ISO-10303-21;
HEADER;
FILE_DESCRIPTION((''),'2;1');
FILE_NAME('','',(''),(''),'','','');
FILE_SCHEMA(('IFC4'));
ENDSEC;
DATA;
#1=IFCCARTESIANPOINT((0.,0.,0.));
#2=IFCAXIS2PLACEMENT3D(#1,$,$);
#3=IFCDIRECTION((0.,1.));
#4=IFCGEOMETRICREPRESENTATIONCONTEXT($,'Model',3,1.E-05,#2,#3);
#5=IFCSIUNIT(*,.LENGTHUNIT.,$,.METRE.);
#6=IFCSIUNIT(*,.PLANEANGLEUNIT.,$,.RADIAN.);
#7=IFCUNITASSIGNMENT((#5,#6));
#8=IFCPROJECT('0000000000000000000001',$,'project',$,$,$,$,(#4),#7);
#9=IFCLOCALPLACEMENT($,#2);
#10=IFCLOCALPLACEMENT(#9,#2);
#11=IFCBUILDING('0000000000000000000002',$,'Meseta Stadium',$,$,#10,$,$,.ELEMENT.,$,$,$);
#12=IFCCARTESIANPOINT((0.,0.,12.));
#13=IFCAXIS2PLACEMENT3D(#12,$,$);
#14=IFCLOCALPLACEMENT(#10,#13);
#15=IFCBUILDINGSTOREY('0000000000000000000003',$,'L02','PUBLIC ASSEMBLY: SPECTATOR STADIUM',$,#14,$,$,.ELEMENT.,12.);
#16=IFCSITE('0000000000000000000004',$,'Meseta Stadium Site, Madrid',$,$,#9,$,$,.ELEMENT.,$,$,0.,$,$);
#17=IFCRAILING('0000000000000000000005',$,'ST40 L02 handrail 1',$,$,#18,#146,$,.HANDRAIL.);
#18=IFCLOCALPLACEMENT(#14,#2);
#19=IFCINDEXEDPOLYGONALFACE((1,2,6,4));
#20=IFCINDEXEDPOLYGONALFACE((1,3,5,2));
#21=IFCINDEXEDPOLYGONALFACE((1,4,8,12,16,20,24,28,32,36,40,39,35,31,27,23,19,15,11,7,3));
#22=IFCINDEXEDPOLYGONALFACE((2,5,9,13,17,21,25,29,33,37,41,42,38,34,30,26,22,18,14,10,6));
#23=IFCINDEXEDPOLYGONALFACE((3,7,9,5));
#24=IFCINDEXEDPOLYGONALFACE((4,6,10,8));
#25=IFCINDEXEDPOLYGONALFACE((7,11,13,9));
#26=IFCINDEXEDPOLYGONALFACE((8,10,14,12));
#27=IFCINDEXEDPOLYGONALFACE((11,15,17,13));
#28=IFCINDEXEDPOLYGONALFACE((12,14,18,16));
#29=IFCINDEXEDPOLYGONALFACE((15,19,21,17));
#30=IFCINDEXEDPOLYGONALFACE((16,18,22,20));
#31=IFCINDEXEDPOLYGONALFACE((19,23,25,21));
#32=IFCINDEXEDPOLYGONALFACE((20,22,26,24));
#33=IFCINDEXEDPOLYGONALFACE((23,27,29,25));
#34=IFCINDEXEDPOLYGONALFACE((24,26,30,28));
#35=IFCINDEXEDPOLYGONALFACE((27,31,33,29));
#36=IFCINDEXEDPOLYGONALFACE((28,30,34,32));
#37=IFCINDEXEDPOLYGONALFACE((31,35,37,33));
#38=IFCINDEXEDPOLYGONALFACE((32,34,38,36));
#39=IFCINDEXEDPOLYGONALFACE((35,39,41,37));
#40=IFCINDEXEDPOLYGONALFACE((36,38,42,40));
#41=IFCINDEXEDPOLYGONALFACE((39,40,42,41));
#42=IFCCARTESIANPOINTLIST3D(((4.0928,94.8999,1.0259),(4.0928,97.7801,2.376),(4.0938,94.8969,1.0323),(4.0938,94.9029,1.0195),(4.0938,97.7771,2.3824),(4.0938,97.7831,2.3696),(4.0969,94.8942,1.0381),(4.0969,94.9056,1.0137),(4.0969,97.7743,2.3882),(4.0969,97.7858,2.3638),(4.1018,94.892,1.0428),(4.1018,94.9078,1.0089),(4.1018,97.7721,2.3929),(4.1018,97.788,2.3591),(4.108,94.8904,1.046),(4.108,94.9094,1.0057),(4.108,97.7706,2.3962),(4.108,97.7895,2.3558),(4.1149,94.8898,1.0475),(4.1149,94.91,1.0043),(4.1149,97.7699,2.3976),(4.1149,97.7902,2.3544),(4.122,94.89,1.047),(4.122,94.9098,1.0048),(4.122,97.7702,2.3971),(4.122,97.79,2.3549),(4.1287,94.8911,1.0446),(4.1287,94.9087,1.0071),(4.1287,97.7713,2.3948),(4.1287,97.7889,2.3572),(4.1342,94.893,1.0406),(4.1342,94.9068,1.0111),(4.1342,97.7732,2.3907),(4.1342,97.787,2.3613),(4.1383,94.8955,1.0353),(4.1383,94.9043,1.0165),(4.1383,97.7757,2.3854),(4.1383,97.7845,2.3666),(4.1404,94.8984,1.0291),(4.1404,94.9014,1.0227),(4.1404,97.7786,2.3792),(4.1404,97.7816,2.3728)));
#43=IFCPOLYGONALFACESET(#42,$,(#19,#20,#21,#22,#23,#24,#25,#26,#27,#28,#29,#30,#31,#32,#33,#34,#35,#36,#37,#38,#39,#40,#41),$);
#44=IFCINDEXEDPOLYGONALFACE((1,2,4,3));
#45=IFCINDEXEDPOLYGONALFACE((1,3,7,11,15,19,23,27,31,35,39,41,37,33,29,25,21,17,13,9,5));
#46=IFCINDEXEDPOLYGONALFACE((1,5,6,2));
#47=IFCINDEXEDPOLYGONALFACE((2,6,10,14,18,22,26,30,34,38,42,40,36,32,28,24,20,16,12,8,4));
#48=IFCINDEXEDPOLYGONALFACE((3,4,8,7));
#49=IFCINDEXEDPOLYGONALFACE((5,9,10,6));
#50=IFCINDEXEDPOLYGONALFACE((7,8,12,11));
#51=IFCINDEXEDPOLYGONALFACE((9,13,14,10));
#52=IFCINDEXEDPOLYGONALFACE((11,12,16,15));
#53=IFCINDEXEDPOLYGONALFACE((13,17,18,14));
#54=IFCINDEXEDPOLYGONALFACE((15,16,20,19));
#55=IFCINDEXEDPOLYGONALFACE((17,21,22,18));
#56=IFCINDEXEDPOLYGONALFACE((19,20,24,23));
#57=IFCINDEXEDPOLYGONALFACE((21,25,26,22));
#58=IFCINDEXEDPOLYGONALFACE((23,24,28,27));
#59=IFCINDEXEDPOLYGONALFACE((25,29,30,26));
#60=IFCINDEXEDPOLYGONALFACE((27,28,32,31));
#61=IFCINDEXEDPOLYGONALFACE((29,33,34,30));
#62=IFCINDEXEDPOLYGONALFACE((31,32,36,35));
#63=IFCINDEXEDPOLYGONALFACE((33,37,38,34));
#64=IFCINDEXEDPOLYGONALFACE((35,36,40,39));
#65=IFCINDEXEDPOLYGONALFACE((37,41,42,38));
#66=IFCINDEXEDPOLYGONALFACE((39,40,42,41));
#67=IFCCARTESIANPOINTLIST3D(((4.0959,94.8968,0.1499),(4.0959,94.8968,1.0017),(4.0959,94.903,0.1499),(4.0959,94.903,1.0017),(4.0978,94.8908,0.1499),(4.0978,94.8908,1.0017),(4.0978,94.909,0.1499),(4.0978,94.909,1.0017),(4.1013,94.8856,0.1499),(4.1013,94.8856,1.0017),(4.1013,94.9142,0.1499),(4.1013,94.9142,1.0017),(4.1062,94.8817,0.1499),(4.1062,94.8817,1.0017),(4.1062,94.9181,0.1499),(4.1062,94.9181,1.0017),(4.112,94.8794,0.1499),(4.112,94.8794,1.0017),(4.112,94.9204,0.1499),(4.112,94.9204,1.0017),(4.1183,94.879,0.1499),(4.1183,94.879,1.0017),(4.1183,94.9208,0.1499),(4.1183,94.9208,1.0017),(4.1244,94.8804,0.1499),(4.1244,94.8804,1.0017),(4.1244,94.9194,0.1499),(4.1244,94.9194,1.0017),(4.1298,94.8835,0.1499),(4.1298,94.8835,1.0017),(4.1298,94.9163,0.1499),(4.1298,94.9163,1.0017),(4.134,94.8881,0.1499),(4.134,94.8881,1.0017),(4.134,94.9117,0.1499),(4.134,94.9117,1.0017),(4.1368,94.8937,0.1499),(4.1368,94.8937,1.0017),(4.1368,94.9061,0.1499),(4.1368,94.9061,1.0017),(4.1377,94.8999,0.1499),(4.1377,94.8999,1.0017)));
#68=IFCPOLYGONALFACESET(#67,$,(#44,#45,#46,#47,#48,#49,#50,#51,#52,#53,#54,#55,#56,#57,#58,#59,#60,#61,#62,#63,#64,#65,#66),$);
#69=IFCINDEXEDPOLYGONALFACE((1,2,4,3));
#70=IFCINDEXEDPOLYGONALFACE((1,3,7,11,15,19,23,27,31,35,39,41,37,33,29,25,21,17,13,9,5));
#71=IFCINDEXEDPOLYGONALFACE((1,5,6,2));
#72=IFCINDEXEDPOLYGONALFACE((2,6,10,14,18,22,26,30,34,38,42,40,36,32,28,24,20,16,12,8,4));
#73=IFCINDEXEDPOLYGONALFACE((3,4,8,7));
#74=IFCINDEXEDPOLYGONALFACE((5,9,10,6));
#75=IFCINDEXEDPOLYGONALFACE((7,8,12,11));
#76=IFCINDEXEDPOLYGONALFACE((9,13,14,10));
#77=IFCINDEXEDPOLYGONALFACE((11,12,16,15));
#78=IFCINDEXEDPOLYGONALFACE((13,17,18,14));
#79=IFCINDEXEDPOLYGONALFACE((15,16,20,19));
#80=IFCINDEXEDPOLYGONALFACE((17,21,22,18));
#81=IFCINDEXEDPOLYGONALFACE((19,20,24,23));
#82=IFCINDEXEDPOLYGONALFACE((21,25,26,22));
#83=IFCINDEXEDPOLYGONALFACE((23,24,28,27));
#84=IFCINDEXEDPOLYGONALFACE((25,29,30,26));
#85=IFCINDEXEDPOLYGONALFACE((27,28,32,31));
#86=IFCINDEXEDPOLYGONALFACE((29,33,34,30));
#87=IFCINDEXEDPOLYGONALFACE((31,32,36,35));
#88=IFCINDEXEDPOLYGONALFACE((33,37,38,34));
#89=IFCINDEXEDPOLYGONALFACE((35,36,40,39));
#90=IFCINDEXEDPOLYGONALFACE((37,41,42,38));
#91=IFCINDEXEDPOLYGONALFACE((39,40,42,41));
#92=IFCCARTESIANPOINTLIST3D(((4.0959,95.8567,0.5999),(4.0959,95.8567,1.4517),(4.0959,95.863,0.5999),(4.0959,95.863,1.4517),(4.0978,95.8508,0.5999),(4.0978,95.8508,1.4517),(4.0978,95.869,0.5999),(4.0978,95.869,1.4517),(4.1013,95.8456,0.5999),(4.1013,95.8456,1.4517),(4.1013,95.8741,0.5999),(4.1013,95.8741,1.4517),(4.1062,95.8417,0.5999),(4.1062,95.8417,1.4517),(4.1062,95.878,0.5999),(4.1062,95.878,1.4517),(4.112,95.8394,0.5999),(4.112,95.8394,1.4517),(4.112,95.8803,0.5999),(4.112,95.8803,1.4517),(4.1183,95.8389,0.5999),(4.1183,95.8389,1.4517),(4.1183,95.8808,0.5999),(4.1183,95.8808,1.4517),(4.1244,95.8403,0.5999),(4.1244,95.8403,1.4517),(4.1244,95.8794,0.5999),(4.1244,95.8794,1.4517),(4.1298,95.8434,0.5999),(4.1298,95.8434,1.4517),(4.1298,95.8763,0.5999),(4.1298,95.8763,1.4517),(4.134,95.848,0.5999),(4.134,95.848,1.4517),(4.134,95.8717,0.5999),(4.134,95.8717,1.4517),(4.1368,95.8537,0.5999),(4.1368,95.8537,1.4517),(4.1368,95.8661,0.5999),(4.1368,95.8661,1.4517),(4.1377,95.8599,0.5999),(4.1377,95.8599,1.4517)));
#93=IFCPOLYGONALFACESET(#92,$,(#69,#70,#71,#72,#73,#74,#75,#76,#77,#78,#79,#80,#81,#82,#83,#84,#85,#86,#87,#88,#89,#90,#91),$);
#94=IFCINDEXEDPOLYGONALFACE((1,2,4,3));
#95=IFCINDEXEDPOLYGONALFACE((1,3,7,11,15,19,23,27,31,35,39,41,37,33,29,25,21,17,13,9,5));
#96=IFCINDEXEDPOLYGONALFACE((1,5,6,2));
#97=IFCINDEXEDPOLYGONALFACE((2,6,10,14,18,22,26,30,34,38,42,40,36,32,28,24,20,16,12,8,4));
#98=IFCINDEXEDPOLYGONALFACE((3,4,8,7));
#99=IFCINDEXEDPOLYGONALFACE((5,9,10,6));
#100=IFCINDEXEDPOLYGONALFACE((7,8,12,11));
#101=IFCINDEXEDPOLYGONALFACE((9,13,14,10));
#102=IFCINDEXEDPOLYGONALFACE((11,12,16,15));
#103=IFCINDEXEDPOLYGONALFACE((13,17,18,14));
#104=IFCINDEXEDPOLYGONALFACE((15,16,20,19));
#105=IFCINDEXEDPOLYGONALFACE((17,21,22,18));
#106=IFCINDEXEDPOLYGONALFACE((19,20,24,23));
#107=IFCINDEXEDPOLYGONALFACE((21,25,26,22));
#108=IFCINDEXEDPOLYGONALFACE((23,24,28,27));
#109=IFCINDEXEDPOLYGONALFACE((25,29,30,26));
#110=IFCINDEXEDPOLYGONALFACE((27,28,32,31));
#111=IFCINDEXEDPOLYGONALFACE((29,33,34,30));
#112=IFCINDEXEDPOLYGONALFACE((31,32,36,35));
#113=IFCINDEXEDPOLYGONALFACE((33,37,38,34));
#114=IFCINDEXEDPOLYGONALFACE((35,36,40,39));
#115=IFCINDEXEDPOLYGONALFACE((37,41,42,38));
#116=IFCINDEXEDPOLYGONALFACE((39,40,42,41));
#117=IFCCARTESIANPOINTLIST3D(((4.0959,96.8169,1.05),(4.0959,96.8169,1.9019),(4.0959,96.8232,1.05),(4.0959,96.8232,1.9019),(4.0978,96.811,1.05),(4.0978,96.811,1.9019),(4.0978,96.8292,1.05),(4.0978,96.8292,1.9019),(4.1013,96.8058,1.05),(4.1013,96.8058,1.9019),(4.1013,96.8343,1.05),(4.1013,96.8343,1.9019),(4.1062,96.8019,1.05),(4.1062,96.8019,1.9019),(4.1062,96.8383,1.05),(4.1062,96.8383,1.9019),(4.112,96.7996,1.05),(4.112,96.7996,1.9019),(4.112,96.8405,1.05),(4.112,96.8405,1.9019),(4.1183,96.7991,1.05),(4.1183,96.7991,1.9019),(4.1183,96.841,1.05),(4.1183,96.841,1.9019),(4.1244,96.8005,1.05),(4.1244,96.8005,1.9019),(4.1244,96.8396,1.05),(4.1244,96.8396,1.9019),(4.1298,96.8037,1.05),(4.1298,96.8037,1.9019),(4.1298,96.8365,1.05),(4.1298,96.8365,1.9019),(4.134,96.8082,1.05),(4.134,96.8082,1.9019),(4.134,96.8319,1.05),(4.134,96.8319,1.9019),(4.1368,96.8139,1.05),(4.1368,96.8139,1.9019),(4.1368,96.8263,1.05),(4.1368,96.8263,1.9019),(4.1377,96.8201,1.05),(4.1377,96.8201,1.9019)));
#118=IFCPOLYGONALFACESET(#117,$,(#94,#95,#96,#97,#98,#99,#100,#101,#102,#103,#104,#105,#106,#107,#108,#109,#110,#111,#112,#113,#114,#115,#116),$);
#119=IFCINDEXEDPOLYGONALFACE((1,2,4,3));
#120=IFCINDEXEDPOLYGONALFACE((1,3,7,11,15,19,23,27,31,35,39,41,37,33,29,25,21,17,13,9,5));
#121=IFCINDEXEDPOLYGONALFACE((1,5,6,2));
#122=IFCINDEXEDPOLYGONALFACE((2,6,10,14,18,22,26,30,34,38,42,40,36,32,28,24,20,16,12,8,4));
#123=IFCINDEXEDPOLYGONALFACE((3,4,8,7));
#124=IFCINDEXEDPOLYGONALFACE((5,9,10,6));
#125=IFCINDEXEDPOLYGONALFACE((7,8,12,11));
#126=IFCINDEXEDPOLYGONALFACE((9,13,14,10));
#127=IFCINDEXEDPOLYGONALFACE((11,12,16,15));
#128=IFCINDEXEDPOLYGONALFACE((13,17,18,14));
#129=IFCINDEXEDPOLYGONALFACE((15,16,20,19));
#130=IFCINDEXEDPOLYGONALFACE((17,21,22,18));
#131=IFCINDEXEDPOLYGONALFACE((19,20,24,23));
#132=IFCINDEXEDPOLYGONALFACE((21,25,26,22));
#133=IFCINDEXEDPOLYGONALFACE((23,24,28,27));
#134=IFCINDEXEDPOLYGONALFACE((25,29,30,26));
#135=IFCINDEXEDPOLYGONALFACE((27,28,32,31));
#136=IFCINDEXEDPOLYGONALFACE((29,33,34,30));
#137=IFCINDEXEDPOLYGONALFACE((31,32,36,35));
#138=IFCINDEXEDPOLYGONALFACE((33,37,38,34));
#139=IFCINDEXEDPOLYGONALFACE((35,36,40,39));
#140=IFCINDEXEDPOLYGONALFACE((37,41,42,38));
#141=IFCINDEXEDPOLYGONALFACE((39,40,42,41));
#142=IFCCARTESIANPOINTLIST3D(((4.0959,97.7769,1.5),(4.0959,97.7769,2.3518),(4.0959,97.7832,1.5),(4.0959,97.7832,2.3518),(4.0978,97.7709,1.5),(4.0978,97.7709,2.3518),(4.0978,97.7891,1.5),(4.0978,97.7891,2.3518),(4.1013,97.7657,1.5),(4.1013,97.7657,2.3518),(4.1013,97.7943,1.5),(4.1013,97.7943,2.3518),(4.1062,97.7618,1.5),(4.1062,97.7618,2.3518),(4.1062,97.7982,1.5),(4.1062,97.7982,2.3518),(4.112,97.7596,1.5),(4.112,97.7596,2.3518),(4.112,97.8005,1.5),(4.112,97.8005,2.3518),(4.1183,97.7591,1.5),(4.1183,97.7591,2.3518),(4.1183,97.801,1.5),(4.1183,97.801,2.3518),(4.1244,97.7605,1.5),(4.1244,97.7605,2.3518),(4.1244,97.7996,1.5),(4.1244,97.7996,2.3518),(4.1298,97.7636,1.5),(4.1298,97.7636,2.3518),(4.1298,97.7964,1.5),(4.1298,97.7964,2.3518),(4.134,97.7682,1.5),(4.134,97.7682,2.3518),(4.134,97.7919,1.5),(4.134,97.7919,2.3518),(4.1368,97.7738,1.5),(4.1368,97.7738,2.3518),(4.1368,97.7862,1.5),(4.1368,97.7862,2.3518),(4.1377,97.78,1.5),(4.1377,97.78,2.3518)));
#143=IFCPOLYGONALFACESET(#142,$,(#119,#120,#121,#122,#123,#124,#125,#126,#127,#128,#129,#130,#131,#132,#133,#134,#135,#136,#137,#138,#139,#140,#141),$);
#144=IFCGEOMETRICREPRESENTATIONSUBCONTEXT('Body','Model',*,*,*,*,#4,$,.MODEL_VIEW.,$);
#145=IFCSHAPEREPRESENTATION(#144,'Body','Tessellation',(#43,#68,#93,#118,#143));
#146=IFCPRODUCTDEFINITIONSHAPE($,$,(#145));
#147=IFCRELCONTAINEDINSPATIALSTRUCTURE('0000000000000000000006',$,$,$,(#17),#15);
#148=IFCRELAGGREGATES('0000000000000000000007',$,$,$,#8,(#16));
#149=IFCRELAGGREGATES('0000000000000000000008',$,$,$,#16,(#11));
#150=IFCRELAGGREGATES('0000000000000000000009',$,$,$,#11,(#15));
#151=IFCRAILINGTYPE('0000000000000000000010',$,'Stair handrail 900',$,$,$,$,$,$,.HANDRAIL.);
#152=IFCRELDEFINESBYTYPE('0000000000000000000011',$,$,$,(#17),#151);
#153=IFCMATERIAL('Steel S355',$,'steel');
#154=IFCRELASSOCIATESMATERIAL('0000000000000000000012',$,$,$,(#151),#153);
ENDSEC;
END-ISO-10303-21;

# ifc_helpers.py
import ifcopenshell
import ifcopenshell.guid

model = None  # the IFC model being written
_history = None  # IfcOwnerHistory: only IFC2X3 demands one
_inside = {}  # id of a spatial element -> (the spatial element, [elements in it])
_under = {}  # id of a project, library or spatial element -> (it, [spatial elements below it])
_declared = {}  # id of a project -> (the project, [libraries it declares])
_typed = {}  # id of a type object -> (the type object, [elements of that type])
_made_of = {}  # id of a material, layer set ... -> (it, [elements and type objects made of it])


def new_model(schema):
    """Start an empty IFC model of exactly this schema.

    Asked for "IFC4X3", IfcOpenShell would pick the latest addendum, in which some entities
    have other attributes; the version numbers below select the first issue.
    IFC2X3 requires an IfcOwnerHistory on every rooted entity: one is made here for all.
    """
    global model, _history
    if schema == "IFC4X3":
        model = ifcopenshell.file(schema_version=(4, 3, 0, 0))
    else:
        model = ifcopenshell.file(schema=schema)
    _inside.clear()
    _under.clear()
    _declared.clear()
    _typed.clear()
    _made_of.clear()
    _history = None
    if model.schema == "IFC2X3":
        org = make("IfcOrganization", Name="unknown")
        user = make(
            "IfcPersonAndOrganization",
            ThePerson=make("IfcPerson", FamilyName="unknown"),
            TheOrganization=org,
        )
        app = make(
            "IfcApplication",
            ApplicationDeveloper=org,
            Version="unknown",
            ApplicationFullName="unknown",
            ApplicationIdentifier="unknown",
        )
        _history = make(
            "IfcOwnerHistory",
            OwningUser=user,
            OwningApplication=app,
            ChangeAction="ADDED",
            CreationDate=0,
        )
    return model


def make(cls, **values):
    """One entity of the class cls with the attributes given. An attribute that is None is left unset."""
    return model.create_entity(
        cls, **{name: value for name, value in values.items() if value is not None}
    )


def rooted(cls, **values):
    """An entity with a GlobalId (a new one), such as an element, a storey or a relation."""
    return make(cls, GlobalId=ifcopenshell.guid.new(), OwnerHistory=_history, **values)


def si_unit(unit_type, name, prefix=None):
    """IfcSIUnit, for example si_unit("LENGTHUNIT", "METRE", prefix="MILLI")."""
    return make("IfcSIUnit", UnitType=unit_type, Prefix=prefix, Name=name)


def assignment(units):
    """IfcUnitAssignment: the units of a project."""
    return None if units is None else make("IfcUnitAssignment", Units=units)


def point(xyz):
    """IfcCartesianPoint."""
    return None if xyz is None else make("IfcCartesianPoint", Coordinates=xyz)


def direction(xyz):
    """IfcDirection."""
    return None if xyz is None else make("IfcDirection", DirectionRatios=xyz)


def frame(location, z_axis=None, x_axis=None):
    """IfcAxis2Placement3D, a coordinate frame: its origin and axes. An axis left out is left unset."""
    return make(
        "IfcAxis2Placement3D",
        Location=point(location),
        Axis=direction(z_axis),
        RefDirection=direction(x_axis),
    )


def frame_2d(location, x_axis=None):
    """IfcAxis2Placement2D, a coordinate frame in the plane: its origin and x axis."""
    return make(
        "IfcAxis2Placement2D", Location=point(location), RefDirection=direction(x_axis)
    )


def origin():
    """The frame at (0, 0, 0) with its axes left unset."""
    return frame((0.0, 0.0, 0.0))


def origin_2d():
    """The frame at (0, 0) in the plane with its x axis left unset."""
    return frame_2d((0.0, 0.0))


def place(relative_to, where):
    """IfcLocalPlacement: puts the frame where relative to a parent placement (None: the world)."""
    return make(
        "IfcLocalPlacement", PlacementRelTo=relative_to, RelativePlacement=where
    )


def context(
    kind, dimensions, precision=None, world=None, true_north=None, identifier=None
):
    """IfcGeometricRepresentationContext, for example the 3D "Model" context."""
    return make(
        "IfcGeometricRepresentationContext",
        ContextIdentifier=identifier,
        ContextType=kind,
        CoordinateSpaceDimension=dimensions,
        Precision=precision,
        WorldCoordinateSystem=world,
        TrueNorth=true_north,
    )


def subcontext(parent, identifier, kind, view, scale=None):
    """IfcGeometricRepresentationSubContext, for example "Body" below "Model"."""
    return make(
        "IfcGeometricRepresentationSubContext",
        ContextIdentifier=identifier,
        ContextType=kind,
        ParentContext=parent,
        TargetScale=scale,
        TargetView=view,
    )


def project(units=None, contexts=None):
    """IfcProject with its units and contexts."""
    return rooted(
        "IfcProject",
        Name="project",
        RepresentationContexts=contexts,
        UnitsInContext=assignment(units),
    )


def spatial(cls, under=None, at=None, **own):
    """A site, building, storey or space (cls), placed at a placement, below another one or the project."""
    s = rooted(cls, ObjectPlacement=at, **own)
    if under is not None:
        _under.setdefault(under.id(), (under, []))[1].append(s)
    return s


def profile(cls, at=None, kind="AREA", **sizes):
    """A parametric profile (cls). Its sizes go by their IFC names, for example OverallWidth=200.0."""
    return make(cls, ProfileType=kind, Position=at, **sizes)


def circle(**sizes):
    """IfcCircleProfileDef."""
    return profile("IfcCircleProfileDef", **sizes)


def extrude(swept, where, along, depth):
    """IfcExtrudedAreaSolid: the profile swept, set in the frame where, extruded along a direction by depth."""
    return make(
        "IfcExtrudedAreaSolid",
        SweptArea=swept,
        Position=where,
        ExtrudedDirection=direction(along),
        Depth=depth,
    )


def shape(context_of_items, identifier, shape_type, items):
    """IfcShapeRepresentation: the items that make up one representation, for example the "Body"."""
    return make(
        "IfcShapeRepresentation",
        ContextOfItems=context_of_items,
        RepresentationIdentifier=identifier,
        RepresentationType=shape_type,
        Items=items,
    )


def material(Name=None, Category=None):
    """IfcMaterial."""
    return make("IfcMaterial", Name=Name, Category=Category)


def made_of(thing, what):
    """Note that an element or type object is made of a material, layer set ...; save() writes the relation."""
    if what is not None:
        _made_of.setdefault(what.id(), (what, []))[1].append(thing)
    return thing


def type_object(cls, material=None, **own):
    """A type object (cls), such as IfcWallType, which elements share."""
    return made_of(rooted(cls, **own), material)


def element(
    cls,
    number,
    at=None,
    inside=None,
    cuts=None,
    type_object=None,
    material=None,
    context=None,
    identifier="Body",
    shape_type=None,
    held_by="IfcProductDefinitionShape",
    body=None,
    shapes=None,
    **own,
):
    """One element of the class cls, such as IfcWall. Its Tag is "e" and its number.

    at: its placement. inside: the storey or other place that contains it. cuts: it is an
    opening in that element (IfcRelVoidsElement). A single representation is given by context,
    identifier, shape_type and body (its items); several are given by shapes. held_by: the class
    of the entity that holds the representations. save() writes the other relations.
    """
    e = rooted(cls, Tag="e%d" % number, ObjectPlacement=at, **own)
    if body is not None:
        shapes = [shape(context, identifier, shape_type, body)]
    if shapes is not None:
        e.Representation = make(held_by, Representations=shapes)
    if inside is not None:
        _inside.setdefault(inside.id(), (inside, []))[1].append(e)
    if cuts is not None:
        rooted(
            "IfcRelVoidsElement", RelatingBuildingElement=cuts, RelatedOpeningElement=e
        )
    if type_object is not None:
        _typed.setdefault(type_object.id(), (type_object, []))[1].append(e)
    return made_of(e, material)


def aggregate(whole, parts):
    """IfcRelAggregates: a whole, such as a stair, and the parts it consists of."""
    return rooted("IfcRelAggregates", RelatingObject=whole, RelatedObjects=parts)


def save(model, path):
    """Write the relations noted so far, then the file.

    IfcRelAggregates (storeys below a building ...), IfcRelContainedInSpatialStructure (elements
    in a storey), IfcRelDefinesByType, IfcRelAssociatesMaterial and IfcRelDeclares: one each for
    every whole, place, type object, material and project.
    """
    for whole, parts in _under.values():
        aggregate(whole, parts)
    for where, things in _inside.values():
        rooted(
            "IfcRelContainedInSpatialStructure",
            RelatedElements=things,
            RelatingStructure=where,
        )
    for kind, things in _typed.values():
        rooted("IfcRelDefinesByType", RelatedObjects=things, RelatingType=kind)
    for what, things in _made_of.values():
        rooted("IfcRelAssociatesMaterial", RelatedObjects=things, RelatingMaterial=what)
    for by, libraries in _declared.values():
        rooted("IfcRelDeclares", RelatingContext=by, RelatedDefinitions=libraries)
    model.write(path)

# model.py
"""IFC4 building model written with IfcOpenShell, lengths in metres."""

from ifc_helpers import new_model, si_unit, direction, frame, origin, origin_2d, place, context, subcontext, project, spatial, circle, extrude, material, type_object, element, save


model = new_model("IFC4")

# Units and contexts
model_context = context("Model", 3, precision=1e-05, world=origin(), true_north=direction((0.0, 1.0)))
body_context = subcontext(model_context, "Body", "Model", "MODEL_VIEW")
ifc_project = project(units=[si_unit("LENGTHUNIT", "METRE"), si_unit("PLANEANGLEUNIT", "RADIAN")], contexts=[model_context])

# Site, building, storey
site_placement = place(None, origin())
site = spatial("IfcSite", under=ifc_project, at=site_placement, Name="Meseta Stadium Site, Madrid", CompositionType="ELEMENT", RefElevation=0.0)
building_placement = place(site_placement, origin())
building = spatial("IfcBuilding", under=site, at=building_placement, Name="Meseta Stadium", CompositionType="ELEMENT")
storey_placement = place(building_placement, frame((0.0, 0.0, 12.0)))
storey = spatial("IfcBuildingStorey", under=building, at=storey_placement, Name="L02", Description="PUBLIC ASSEMBLY: SPECTATOR STADIUM", CompositionType="ELEMENT", Elevation=12.0)

# Railing
ifc_material_1 = material(Name="Steel S355", Category="steel")
railing_type_1 = type_object("IfcRailingType", Name="Stair handrail 900", PredefinedType="HANDRAIL", material=ifc_material_1)
railing_1_placement = place(storey_placement, frame((4.1167, 94.8999, 0.1499)))
element("IfcRailing", 1, at=railing_1_placement, inside=storey, type_object=railing_type_1, Name="ST40 L02 handrail 1", PredefinedType="HANDRAIL", context=body_context, shape_type="SweptSolid", body=[
    extrude(circle(Radius=0.0239, at=origin_2d()), frame((0.0, 0.0, 0.876), z_axis=(0.0, 0.905454, 0.424444), x_axis=(-1.0, 0.0, 0.0)), (0.0, 0.0, 1.0), 3.1809),
    extrude(circle(Radius=0.021, at=origin_2d()), origin(), (0.0, 0.0, 1.0), 0.8518),
    extrude(circle(Radius=0.021, at=origin_2d()), frame((0.0, 0.96, 0.45)), (0.0, 0.0, 1.0), 0.8518),
    extrude(circle(Radius=0.021, at=origin_2d()), frame((0.0, 1.9202, 0.9001)), (0.0, 0.0, 1.0), 0.8518),
    extrude(circle(Radius=0.021, at=origin_2d()), frame((0.0, 2.8801, 1.3501)), (0.0, 0.0, 1.0), 0.8518),
])

save(model, "model.ifc")
